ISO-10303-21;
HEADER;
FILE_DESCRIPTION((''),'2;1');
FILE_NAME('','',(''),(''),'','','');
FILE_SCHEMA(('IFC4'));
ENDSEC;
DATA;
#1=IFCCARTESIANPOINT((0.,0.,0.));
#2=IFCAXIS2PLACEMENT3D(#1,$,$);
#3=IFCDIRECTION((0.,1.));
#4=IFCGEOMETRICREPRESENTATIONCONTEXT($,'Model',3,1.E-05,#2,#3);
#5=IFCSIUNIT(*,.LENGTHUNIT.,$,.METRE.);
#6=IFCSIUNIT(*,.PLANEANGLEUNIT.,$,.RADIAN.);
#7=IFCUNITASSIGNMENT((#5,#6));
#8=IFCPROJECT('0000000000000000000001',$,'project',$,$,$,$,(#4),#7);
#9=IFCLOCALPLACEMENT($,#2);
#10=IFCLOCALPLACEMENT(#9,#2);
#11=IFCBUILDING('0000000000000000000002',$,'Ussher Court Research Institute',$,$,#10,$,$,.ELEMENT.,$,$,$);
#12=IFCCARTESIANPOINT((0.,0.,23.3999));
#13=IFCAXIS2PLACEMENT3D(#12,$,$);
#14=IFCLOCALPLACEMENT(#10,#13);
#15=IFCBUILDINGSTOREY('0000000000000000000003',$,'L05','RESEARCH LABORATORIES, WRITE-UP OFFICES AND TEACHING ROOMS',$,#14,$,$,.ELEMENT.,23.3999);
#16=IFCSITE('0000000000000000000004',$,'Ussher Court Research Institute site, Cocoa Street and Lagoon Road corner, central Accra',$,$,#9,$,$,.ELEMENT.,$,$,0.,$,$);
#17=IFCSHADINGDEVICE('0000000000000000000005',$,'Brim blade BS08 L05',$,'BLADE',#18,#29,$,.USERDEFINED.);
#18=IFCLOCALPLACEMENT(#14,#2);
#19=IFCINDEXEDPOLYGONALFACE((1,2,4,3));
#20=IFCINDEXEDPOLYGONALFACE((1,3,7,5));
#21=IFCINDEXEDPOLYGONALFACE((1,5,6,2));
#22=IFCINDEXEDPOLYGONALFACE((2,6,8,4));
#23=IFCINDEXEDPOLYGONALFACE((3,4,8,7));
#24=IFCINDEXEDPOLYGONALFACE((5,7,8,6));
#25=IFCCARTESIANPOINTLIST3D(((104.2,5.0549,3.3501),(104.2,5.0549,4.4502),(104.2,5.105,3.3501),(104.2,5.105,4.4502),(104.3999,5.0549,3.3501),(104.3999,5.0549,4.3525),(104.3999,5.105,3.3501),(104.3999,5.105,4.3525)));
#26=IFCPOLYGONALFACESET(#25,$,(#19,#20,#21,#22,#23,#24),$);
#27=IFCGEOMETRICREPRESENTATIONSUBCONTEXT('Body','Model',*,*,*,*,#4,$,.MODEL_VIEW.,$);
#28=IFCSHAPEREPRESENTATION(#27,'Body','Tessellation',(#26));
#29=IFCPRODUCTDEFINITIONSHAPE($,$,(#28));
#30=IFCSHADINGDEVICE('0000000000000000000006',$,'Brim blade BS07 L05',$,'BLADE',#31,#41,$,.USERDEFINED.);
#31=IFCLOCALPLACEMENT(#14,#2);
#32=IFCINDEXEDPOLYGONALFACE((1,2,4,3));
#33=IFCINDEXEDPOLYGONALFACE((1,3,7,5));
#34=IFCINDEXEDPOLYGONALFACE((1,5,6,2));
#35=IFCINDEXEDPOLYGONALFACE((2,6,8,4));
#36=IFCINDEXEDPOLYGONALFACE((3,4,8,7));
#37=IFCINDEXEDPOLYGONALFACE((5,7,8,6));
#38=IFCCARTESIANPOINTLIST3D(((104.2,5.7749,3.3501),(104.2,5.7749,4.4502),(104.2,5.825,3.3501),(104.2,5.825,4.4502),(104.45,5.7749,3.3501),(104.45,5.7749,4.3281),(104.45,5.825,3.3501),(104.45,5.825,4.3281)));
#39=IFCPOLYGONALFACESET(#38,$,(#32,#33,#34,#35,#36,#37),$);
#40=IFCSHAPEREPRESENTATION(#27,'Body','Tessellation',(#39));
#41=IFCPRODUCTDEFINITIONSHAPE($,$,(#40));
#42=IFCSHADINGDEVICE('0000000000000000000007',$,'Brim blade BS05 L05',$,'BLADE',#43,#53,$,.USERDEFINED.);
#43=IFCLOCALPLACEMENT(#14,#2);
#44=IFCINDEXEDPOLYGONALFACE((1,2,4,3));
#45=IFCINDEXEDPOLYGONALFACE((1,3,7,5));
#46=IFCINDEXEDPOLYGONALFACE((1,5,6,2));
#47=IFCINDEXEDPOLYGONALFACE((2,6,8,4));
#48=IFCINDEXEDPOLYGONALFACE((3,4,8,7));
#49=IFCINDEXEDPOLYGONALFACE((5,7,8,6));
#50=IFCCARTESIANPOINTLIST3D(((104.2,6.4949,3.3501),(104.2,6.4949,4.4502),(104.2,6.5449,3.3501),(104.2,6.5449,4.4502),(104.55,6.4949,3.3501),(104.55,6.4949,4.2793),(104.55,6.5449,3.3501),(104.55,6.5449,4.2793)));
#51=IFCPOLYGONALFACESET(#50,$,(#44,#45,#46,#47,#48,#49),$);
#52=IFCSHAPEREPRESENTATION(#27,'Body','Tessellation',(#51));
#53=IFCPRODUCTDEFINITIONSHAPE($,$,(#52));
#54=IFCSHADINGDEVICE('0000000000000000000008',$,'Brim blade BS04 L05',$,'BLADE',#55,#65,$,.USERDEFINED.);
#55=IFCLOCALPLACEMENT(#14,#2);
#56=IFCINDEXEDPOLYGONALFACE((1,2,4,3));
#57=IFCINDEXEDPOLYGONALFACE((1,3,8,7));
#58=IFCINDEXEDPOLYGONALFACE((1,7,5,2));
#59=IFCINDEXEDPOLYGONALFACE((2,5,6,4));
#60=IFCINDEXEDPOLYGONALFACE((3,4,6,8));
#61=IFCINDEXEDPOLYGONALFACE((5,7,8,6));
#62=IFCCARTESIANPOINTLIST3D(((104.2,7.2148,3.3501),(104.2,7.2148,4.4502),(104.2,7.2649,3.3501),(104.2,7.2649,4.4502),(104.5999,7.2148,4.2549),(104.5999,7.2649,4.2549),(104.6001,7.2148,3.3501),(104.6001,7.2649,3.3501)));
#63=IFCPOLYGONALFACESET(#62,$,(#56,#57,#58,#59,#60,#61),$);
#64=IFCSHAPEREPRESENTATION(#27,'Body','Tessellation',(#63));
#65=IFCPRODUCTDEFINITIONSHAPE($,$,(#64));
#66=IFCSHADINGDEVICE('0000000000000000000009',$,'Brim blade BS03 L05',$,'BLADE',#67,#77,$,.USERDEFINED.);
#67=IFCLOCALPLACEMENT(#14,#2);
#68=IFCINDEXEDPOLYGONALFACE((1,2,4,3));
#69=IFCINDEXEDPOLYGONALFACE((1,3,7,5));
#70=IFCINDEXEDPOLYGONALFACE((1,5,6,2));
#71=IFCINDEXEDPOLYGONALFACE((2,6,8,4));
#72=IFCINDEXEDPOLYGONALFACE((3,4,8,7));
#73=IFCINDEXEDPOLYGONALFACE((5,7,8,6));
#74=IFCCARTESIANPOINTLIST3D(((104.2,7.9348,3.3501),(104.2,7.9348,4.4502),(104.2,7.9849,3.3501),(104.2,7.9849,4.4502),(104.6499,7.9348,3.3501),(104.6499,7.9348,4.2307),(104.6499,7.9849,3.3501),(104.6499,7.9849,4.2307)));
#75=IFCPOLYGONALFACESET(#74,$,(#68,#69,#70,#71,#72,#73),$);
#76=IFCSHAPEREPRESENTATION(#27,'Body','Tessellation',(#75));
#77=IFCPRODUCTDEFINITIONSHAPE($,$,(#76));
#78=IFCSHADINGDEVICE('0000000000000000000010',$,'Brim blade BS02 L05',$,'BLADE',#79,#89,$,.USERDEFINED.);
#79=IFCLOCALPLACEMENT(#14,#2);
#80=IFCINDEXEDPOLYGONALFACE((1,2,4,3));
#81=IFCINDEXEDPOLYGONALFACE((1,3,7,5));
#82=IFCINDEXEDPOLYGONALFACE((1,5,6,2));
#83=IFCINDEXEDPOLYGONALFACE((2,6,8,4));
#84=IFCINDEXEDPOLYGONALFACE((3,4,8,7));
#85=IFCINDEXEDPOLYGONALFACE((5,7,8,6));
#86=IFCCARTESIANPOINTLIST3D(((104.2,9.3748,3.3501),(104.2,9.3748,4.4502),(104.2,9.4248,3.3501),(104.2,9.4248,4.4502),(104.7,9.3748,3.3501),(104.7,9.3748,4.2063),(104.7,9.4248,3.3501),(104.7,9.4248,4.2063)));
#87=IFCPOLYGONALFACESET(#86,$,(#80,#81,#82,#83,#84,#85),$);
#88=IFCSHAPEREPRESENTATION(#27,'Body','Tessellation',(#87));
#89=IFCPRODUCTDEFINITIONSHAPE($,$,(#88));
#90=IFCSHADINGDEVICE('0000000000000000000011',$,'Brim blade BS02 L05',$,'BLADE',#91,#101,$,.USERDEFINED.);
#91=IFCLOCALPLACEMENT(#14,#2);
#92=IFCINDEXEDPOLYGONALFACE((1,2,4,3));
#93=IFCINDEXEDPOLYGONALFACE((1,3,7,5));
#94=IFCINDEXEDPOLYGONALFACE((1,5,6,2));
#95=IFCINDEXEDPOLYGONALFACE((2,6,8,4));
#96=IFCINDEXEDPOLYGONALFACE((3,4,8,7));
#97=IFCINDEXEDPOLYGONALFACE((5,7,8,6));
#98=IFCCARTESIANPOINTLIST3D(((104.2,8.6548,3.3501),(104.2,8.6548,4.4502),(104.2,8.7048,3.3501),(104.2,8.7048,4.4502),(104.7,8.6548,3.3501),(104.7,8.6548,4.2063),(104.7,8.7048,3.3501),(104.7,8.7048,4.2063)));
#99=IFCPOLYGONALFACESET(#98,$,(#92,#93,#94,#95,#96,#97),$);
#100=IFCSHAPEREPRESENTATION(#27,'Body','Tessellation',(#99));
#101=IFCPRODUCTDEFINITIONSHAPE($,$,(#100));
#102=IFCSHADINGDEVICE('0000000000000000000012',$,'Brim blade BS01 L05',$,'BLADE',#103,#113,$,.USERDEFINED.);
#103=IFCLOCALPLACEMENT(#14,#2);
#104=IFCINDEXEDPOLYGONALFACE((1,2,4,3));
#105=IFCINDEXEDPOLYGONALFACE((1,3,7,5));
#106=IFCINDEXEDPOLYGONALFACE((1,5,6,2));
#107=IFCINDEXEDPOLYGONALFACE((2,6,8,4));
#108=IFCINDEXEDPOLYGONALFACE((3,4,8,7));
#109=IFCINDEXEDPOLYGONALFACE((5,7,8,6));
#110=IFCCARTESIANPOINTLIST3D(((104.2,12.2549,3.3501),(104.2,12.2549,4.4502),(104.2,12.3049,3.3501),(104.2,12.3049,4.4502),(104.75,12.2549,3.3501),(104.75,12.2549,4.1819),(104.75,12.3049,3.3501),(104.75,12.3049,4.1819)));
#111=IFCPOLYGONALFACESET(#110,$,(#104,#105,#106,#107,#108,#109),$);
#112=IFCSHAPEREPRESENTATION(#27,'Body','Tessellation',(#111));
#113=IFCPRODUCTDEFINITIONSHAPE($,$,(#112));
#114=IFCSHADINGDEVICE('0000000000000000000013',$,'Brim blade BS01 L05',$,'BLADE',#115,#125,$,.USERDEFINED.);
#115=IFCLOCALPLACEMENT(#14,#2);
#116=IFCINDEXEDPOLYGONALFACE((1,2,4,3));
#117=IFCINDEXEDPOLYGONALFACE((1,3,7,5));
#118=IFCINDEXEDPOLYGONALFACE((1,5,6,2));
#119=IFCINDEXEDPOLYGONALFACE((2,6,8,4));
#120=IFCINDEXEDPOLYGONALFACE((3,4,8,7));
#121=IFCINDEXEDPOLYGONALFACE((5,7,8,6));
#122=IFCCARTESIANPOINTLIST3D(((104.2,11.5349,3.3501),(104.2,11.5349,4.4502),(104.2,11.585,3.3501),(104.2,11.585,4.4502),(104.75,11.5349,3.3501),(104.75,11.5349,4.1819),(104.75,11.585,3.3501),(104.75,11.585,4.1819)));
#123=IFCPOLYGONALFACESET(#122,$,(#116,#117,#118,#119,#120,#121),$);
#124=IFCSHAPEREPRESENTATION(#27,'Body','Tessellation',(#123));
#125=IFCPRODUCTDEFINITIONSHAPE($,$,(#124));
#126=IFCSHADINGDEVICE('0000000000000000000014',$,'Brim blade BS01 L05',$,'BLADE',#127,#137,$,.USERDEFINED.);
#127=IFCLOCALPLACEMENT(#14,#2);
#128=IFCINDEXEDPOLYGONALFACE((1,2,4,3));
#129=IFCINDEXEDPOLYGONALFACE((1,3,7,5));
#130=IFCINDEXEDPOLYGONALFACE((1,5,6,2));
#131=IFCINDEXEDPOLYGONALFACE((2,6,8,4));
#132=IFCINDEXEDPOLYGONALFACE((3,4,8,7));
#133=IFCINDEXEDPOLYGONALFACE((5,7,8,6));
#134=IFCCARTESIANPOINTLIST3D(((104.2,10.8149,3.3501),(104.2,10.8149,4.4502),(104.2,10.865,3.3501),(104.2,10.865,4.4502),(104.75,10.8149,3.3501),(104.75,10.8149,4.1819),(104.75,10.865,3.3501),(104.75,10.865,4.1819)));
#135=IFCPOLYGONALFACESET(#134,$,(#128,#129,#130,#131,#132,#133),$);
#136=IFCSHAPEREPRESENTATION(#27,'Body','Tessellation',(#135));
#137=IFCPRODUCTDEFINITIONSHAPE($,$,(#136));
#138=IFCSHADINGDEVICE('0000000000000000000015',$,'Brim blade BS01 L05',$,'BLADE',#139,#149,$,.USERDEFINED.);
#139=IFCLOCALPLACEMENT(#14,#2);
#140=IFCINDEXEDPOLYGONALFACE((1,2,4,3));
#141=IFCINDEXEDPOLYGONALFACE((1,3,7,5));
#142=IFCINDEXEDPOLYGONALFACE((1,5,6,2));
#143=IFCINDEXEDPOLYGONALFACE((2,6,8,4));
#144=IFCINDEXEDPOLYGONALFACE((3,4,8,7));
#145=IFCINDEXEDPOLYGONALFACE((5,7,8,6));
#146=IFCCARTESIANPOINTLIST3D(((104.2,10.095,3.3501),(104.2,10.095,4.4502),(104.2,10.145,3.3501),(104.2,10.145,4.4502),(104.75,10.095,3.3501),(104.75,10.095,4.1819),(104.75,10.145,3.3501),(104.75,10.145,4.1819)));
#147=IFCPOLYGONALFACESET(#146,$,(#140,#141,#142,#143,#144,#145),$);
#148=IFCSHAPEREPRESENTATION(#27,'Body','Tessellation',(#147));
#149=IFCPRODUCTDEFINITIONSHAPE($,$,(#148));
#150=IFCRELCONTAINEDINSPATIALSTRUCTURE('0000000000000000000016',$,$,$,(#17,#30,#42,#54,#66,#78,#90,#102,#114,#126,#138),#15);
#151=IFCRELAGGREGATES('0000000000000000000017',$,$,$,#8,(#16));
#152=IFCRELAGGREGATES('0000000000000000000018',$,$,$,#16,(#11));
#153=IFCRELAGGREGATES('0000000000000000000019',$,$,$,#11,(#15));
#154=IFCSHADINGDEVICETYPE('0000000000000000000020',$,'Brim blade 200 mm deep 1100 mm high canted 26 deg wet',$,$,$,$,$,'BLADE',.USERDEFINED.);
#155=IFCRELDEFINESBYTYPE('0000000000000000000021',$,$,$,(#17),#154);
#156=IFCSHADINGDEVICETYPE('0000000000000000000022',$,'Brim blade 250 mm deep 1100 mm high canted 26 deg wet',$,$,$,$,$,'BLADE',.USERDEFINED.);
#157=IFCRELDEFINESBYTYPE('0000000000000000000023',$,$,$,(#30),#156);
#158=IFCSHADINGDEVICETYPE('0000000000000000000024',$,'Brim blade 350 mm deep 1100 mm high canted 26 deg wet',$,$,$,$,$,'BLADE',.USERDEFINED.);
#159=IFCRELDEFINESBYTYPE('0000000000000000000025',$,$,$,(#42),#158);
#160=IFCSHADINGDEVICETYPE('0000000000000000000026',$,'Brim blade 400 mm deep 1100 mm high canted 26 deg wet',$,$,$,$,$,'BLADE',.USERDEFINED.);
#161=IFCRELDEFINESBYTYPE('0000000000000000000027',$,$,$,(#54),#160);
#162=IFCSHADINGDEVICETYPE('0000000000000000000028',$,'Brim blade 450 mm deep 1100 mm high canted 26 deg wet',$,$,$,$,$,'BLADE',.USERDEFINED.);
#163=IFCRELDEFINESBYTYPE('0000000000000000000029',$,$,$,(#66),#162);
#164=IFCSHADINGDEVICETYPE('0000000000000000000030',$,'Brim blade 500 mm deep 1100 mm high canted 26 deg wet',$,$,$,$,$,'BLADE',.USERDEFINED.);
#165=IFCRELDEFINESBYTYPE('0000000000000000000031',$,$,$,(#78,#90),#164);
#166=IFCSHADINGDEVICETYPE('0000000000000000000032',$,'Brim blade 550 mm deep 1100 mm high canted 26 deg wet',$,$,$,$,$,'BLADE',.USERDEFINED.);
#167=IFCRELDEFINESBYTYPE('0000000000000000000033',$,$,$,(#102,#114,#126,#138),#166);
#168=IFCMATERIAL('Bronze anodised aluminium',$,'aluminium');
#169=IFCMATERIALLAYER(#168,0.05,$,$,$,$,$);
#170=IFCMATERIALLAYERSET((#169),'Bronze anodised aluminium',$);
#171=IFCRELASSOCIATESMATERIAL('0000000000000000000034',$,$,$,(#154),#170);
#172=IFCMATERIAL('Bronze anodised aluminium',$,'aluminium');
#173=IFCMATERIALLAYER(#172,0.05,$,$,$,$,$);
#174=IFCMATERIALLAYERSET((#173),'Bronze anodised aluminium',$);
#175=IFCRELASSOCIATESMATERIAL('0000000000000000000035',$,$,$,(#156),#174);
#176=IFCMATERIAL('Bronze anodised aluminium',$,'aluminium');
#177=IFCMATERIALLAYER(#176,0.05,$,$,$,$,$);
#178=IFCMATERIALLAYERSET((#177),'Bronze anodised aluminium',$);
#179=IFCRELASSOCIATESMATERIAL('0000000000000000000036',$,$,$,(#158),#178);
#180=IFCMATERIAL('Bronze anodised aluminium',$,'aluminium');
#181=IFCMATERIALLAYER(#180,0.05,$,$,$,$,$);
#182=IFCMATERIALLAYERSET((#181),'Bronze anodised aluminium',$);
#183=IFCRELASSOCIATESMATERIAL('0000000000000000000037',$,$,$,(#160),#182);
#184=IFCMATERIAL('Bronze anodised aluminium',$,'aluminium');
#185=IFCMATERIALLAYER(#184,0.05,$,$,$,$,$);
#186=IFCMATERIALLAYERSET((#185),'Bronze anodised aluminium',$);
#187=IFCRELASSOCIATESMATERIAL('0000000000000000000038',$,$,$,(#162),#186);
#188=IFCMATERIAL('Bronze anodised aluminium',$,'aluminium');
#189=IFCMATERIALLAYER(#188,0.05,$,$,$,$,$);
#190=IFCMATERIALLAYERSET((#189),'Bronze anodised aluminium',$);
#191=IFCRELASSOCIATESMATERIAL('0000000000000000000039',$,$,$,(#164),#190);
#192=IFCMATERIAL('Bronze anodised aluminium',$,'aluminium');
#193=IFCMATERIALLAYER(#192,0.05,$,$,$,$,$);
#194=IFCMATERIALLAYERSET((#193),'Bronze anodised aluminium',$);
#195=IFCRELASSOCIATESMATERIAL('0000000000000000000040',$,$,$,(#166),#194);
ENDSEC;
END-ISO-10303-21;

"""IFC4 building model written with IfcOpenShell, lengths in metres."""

from ifc_helpers import new_model, si_unit, direction, frame, origin, place, context, subcontext, project, spatial, polyline, outline, extrude, material, layer, layer_set, type_object, element, save


model = new_model("IFC4")

# Units and contexts
model_context = context("Model", 3, precision=1e-05, world=origin(), true_north=direction((0.0, 1.0)))
body_context = subcontext(model_context, "Body", "Model", "MODEL_VIEW")
ifc_project = project(units=[si_unit("LENGTHUNIT", "METRE"), si_unit("PLANEANGLEUNIT", "RADIAN")], contexts=[model_context])

# Site, building, storey
site_placement = place(None, origin())
site = spatial("IfcSite", under=ifc_project, at=site_placement, Name="Ussher Court Research Institute site, Cocoa Street and Lagoon Road corner, central Accra", CompositionType="ELEMENT", RefElevation=0.0)
building_placement = place(site_placement, origin())
building = spatial("IfcBuilding", under=site, at=building_placement, Name="Ussher Court Research Institute", CompositionType="ELEMENT")
storey_placement = place(building_placement, frame((0.0, 0.0, 23.3999)))
storey = spatial("IfcBuildingStorey", under=building, at=storey_placement, Name="L05", Description="RESEARCH LABORATORIES, WRITE-UP OFFICES AND TEACHING ROOMS", CompositionType="ELEMENT", Elevation=23.3999)

# Shading devices
ifc_material_1 = material(Name="Bronze anodised aluminium", Category="aluminium")
ifc_layer_1 = layer(ifc_material_1, 0.05)
ifc_layer_set_1 = layer_set([ifc_layer_1], Name="Bronze anodised aluminium")
shading_device_type_1 = type_object("IfcShadingDeviceType", Name="Brim blade 200 mm deep 1100 mm high canted 26 deg wet", ElementType="BLADE", PredefinedType="USERDEFINED", material=ifc_layer_set_1)
shading_device_1_placement = place(storey_placement, frame((104.2, 5.0801, 3.3501), z_axis=(0.0, 0.0, 1.0), x_axis=(1.0, 0.0, 0.0)))
element("IfcShadingDevice", 1, at=shading_device_1_placement, inside=storey, type_object=shading_device_type_1, Name="Brim blade BS08 L05", ObjectType="BLADE", PredefinedType="USERDEFINED", context=body_context, shape_type="SweptSolid", body=[
    extrude(outline(polyline([(0.0, 0.0), (0.2, 0.0), (0.2, 1.0024), (0.0, 1.1001), (0.0, 0.0)])), frame((0.0, 0.0249, 0.0), z_axis=(0.0, -1.0, 0.0), x_axis=(1.0, 0.0, 0.0)), (0.0, 0.0, 1.0), 0.05),
])
ifc_material_2 = material(Name="Bronze anodised aluminium", Category="aluminium")
ifc_layer_2 = layer(ifc_material_2, 0.05)
ifc_layer_set_2 = layer_set([ifc_layer_2], Name="Bronze anodised aluminium")
shading_device_type_2 = type_object("IfcShadingDeviceType", Name="Brim blade 250 mm deep 1100 mm high canted 26 deg wet", ElementType="BLADE", PredefinedType="USERDEFINED", material=ifc_layer_set_2)
shading_device_2_placement = place(storey_placement, frame((104.2, 5.8, 3.3501), z_axis=(0.0, 0.0, 1.0), x_axis=(1.0, 0.0, 0.0)))
element("IfcShadingDevice", 2, at=shading_device_2_placement, inside=storey, type_object=shading_device_type_2, Name="Brim blade BS07 L05", ObjectType="BLADE", PredefinedType="USERDEFINED", context=body_context, shape_type="SweptSolid", body=[
    extrude(outline(polyline([(0.0, 0.0), (0.25, 0.0), (0.25, 0.978), (0.0, 1.1001), (0.0, 0.0)])), frame((0.0, 0.0249, 0.0), z_axis=(0.0, -1.0, 0.0), x_axis=(1.0, 0.0, 0.0)), (0.0, 0.0, 1.0), 0.05),
])
ifc_material_3 = material(Name="Bronze anodised aluminium", Category="aluminium")
ifc_layer_3 = layer(ifc_material_3, 0.05)
ifc_layer_set_3 = layer_set([ifc_layer_3], Name="Bronze anodised aluminium")
shading_device_type_3 = type_object("IfcShadingDeviceType", Name="Brim blade 350 mm deep 1100 mm high canted 26 deg wet", ElementType="BLADE", PredefinedType="USERDEFINED", material=ifc_layer_set_3)
shading_device_3_placement = place(storey_placement, frame((104.2, 6.52, 3.3501), z_axis=(0.0, 0.0, 1.0), x_axis=(1.0, 0.0, 0.0)))
element("IfcShadingDevice", 3, at=shading_device_3_placement, inside=storey, type_object=shading_device_type_3, Name="Brim blade BS05 L05", ObjectType="BLADE", PredefinedType="USERDEFINED", context=body_context, shape_type="SweptSolid", body=[
    extrude(outline(polyline([(0.0, 0.0), (0.3501, 0.0), (0.3501, 0.9292), (0.0, 1.1001), (0.0, 0.0)])), frame((0.0, 0.0249, 0.0), z_axis=(0.0, -1.0, 0.0), x_axis=(1.0, 0.0, 0.0)), (0.0, 0.0, 1.0), 0.05),
])
ifc_material_4 = material(Name="Bronze anodised aluminium", Category="aluminium")
ifc_layer_4 = layer(ifc_material_4, 0.05)
ifc_layer_set_4 = layer_set([ifc_layer_4], Name="Bronze anodised aluminium")
shading_device_type_4 = type_object("IfcShadingDeviceType", Name="Brim blade 400 mm deep 1100 mm high canted 26 deg wet", ElementType="BLADE", PredefinedType="USERDEFINED", material=ifc_layer_set_4)
shading_device_4_placement = place(storey_placement, frame((104.2, 7.24, 3.3501), z_axis=(0.0, 0.0, 1.0), x_axis=(1.0, 0.0, 0.0)))
element("IfcShadingDevice", 4, at=shading_device_4_placement, inside=storey, type_object=shading_device_type_4, Name="Brim blade BS04 L05", ObjectType="BLADE", PredefinedType="USERDEFINED", context=body_context, shape_type="SweptSolid", body=[
    extrude(outline(polyline([(0.0, 0.0), (0.4001, 0.0), (0.3999, 0.9048), (0.0, 1.1001), (0.0, 0.0)])), frame((0.0, 0.0249, 0.0), z_axis=(0.0, -1.0, 0.0), x_axis=(1.0, 0.0, 0.0)), (0.0, 0.0, 1.0), 0.05),
])
ifc_material_5 = material(Name="Bronze anodised aluminium", Category="aluminium")
ifc_layer_5 = layer(ifc_material_5, 0.05)
ifc_layer_set_5 = layer_set([ifc_layer_5], Name="Bronze anodised aluminium")
shading_device_type_5 = type_object("IfcShadingDeviceType", Name="Brim blade 450 mm deep 1100 mm high canted 26 deg wet", ElementType="BLADE", PredefinedType="USERDEFINED", material=ifc_layer_set_5)
shading_device_5_placement = place(storey_placement, frame((104.2, 7.96, 3.3501), z_axis=(0.0, 0.0, 1.0), x_axis=(1.0, 0.0, 0.0)))
element("IfcShadingDevice", 5, at=shading_device_5_placement, inside=storey, type_object=shading_device_type_5, Name="Brim blade BS03 L05", ObjectType="BLADE", PredefinedType="USERDEFINED", context=body_context, shape_type="SweptSolid", body=[
    extrude(outline(polyline([(0.0, 0.0), (0.45, 0.0), (0.45, 0.8806), (0.0, 1.1001), (0.0, 0.0)])), frame((0.0, 0.0249, 0.0), z_axis=(0.0, -1.0, 0.0), x_axis=(1.0, 0.0, 0.0)), (0.0, 0.0, 1.0), 0.05),
])
ifc_material_6 = material(Name="Bronze anodised aluminium", Category="aluminium")
ifc_layer_6 = layer(ifc_material_6, 0.05)
ifc_layer_set_6 = layer_set([ifc_layer_6], Name="Bronze anodised aluminium")
shading_device_type_6 = type_object("IfcShadingDeviceType", Name="Brim blade 500 mm deep 1100 mm high canted 26 deg wet", ElementType="BLADE", PredefinedType="USERDEFINED", material=ifc_layer_set_6)
for number, where, z_axis, x_axis, name in (
    (6, (104.2, 9.3999, 3.3501), (0.0, 0.0, 1.0), (1.0, 0.0, 0.0), "Brim blade BS02 L05"),
    (7, (104.2, 8.6799, 3.3501), (0.0, 0.0, 1.0), (1.0, 0.0, 0.0), "Brim blade BS02 L05"),
):
    element("IfcShadingDevice", number, at=place(storey_placement, frame(where, z_axis=z_axis, x_axis=x_axis)), inside=storey, type_object=shading_device_type_6, Name=name, ObjectType="BLADE", PredefinedType="USERDEFINED", context=body_context, shape_type="SweptSolid", body=[
        extrude(outline(polyline([(0.0, 0.0), (0.5, 0.0), (0.5, 0.8562), (0.0, 1.1001), (0.0, 0.0)])), frame((0.0, 0.0249, 0.0), z_axis=(0.0, -1.0, 0.0), x_axis=(1.0, 0.0, 0.0)), (0.0, 0.0, 1.0), 0.05),
    ])
ifc_material_7 = material(Name="Bronze anodised aluminium", Category="aluminium")
ifc_layer_7 = layer(ifc_material_7, 0.05)
ifc_layer_set_7 = layer_set([ifc_layer_7], Name="Bronze anodised aluminium")
shading_device_type_7 = type_object("IfcShadingDeviceType", Name="Brim blade 550 mm deep 1100 mm high canted 26 deg wet", ElementType="BLADE", PredefinedType="USERDEFINED", material=ifc_layer_set_7)
for number, where, z_axis, x_axis, name in (
    (8, (104.2, 12.28, 3.3501), (0.0, 0.0, 1.0), (1.0, 0.0, 0.0), "Brim blade BS01 L05"),
    (9, (104.2, 11.5601, 3.3501), (0.0, 0.0, 1.0), (1.0, 0.0, 0.0), "Brim blade BS01 L05"),
    (10, (104.2, 10.8401, 3.3501), (0.0, 0.0, 1.0), (1.0, 0.0, 0.0), "Brim blade BS01 L05"),
    (11, (104.2, 10.1201, 3.3501), (0.0, 0.0, 1.0), (1.0, 0.0, 0.0), "Brim blade BS01 L05"),
):
    element("IfcShadingDevice", number, at=place(storey_placement, frame(where, z_axis=z_axis, x_axis=x_axis)), inside=storey, type_object=shading_device_type_7, Name=name, ObjectType="BLADE", PredefinedType="USERDEFINED", context=body_context, shape_type="SweptSolid", body=[
        extrude(outline(polyline([(0.0, 0.0), (0.55, 0.0), (0.55, 0.8318), (0.0, 1.1001), (0.0, 0.0)])), frame((0.0, 0.0249, 0.0), z_axis=(0.0, -1.0, 0.0), x_axis=(1.0, 0.0, 0.0)), (0.0, 0.0, 1.0), 0.05),
    ])

save(model, "model.ifc")
